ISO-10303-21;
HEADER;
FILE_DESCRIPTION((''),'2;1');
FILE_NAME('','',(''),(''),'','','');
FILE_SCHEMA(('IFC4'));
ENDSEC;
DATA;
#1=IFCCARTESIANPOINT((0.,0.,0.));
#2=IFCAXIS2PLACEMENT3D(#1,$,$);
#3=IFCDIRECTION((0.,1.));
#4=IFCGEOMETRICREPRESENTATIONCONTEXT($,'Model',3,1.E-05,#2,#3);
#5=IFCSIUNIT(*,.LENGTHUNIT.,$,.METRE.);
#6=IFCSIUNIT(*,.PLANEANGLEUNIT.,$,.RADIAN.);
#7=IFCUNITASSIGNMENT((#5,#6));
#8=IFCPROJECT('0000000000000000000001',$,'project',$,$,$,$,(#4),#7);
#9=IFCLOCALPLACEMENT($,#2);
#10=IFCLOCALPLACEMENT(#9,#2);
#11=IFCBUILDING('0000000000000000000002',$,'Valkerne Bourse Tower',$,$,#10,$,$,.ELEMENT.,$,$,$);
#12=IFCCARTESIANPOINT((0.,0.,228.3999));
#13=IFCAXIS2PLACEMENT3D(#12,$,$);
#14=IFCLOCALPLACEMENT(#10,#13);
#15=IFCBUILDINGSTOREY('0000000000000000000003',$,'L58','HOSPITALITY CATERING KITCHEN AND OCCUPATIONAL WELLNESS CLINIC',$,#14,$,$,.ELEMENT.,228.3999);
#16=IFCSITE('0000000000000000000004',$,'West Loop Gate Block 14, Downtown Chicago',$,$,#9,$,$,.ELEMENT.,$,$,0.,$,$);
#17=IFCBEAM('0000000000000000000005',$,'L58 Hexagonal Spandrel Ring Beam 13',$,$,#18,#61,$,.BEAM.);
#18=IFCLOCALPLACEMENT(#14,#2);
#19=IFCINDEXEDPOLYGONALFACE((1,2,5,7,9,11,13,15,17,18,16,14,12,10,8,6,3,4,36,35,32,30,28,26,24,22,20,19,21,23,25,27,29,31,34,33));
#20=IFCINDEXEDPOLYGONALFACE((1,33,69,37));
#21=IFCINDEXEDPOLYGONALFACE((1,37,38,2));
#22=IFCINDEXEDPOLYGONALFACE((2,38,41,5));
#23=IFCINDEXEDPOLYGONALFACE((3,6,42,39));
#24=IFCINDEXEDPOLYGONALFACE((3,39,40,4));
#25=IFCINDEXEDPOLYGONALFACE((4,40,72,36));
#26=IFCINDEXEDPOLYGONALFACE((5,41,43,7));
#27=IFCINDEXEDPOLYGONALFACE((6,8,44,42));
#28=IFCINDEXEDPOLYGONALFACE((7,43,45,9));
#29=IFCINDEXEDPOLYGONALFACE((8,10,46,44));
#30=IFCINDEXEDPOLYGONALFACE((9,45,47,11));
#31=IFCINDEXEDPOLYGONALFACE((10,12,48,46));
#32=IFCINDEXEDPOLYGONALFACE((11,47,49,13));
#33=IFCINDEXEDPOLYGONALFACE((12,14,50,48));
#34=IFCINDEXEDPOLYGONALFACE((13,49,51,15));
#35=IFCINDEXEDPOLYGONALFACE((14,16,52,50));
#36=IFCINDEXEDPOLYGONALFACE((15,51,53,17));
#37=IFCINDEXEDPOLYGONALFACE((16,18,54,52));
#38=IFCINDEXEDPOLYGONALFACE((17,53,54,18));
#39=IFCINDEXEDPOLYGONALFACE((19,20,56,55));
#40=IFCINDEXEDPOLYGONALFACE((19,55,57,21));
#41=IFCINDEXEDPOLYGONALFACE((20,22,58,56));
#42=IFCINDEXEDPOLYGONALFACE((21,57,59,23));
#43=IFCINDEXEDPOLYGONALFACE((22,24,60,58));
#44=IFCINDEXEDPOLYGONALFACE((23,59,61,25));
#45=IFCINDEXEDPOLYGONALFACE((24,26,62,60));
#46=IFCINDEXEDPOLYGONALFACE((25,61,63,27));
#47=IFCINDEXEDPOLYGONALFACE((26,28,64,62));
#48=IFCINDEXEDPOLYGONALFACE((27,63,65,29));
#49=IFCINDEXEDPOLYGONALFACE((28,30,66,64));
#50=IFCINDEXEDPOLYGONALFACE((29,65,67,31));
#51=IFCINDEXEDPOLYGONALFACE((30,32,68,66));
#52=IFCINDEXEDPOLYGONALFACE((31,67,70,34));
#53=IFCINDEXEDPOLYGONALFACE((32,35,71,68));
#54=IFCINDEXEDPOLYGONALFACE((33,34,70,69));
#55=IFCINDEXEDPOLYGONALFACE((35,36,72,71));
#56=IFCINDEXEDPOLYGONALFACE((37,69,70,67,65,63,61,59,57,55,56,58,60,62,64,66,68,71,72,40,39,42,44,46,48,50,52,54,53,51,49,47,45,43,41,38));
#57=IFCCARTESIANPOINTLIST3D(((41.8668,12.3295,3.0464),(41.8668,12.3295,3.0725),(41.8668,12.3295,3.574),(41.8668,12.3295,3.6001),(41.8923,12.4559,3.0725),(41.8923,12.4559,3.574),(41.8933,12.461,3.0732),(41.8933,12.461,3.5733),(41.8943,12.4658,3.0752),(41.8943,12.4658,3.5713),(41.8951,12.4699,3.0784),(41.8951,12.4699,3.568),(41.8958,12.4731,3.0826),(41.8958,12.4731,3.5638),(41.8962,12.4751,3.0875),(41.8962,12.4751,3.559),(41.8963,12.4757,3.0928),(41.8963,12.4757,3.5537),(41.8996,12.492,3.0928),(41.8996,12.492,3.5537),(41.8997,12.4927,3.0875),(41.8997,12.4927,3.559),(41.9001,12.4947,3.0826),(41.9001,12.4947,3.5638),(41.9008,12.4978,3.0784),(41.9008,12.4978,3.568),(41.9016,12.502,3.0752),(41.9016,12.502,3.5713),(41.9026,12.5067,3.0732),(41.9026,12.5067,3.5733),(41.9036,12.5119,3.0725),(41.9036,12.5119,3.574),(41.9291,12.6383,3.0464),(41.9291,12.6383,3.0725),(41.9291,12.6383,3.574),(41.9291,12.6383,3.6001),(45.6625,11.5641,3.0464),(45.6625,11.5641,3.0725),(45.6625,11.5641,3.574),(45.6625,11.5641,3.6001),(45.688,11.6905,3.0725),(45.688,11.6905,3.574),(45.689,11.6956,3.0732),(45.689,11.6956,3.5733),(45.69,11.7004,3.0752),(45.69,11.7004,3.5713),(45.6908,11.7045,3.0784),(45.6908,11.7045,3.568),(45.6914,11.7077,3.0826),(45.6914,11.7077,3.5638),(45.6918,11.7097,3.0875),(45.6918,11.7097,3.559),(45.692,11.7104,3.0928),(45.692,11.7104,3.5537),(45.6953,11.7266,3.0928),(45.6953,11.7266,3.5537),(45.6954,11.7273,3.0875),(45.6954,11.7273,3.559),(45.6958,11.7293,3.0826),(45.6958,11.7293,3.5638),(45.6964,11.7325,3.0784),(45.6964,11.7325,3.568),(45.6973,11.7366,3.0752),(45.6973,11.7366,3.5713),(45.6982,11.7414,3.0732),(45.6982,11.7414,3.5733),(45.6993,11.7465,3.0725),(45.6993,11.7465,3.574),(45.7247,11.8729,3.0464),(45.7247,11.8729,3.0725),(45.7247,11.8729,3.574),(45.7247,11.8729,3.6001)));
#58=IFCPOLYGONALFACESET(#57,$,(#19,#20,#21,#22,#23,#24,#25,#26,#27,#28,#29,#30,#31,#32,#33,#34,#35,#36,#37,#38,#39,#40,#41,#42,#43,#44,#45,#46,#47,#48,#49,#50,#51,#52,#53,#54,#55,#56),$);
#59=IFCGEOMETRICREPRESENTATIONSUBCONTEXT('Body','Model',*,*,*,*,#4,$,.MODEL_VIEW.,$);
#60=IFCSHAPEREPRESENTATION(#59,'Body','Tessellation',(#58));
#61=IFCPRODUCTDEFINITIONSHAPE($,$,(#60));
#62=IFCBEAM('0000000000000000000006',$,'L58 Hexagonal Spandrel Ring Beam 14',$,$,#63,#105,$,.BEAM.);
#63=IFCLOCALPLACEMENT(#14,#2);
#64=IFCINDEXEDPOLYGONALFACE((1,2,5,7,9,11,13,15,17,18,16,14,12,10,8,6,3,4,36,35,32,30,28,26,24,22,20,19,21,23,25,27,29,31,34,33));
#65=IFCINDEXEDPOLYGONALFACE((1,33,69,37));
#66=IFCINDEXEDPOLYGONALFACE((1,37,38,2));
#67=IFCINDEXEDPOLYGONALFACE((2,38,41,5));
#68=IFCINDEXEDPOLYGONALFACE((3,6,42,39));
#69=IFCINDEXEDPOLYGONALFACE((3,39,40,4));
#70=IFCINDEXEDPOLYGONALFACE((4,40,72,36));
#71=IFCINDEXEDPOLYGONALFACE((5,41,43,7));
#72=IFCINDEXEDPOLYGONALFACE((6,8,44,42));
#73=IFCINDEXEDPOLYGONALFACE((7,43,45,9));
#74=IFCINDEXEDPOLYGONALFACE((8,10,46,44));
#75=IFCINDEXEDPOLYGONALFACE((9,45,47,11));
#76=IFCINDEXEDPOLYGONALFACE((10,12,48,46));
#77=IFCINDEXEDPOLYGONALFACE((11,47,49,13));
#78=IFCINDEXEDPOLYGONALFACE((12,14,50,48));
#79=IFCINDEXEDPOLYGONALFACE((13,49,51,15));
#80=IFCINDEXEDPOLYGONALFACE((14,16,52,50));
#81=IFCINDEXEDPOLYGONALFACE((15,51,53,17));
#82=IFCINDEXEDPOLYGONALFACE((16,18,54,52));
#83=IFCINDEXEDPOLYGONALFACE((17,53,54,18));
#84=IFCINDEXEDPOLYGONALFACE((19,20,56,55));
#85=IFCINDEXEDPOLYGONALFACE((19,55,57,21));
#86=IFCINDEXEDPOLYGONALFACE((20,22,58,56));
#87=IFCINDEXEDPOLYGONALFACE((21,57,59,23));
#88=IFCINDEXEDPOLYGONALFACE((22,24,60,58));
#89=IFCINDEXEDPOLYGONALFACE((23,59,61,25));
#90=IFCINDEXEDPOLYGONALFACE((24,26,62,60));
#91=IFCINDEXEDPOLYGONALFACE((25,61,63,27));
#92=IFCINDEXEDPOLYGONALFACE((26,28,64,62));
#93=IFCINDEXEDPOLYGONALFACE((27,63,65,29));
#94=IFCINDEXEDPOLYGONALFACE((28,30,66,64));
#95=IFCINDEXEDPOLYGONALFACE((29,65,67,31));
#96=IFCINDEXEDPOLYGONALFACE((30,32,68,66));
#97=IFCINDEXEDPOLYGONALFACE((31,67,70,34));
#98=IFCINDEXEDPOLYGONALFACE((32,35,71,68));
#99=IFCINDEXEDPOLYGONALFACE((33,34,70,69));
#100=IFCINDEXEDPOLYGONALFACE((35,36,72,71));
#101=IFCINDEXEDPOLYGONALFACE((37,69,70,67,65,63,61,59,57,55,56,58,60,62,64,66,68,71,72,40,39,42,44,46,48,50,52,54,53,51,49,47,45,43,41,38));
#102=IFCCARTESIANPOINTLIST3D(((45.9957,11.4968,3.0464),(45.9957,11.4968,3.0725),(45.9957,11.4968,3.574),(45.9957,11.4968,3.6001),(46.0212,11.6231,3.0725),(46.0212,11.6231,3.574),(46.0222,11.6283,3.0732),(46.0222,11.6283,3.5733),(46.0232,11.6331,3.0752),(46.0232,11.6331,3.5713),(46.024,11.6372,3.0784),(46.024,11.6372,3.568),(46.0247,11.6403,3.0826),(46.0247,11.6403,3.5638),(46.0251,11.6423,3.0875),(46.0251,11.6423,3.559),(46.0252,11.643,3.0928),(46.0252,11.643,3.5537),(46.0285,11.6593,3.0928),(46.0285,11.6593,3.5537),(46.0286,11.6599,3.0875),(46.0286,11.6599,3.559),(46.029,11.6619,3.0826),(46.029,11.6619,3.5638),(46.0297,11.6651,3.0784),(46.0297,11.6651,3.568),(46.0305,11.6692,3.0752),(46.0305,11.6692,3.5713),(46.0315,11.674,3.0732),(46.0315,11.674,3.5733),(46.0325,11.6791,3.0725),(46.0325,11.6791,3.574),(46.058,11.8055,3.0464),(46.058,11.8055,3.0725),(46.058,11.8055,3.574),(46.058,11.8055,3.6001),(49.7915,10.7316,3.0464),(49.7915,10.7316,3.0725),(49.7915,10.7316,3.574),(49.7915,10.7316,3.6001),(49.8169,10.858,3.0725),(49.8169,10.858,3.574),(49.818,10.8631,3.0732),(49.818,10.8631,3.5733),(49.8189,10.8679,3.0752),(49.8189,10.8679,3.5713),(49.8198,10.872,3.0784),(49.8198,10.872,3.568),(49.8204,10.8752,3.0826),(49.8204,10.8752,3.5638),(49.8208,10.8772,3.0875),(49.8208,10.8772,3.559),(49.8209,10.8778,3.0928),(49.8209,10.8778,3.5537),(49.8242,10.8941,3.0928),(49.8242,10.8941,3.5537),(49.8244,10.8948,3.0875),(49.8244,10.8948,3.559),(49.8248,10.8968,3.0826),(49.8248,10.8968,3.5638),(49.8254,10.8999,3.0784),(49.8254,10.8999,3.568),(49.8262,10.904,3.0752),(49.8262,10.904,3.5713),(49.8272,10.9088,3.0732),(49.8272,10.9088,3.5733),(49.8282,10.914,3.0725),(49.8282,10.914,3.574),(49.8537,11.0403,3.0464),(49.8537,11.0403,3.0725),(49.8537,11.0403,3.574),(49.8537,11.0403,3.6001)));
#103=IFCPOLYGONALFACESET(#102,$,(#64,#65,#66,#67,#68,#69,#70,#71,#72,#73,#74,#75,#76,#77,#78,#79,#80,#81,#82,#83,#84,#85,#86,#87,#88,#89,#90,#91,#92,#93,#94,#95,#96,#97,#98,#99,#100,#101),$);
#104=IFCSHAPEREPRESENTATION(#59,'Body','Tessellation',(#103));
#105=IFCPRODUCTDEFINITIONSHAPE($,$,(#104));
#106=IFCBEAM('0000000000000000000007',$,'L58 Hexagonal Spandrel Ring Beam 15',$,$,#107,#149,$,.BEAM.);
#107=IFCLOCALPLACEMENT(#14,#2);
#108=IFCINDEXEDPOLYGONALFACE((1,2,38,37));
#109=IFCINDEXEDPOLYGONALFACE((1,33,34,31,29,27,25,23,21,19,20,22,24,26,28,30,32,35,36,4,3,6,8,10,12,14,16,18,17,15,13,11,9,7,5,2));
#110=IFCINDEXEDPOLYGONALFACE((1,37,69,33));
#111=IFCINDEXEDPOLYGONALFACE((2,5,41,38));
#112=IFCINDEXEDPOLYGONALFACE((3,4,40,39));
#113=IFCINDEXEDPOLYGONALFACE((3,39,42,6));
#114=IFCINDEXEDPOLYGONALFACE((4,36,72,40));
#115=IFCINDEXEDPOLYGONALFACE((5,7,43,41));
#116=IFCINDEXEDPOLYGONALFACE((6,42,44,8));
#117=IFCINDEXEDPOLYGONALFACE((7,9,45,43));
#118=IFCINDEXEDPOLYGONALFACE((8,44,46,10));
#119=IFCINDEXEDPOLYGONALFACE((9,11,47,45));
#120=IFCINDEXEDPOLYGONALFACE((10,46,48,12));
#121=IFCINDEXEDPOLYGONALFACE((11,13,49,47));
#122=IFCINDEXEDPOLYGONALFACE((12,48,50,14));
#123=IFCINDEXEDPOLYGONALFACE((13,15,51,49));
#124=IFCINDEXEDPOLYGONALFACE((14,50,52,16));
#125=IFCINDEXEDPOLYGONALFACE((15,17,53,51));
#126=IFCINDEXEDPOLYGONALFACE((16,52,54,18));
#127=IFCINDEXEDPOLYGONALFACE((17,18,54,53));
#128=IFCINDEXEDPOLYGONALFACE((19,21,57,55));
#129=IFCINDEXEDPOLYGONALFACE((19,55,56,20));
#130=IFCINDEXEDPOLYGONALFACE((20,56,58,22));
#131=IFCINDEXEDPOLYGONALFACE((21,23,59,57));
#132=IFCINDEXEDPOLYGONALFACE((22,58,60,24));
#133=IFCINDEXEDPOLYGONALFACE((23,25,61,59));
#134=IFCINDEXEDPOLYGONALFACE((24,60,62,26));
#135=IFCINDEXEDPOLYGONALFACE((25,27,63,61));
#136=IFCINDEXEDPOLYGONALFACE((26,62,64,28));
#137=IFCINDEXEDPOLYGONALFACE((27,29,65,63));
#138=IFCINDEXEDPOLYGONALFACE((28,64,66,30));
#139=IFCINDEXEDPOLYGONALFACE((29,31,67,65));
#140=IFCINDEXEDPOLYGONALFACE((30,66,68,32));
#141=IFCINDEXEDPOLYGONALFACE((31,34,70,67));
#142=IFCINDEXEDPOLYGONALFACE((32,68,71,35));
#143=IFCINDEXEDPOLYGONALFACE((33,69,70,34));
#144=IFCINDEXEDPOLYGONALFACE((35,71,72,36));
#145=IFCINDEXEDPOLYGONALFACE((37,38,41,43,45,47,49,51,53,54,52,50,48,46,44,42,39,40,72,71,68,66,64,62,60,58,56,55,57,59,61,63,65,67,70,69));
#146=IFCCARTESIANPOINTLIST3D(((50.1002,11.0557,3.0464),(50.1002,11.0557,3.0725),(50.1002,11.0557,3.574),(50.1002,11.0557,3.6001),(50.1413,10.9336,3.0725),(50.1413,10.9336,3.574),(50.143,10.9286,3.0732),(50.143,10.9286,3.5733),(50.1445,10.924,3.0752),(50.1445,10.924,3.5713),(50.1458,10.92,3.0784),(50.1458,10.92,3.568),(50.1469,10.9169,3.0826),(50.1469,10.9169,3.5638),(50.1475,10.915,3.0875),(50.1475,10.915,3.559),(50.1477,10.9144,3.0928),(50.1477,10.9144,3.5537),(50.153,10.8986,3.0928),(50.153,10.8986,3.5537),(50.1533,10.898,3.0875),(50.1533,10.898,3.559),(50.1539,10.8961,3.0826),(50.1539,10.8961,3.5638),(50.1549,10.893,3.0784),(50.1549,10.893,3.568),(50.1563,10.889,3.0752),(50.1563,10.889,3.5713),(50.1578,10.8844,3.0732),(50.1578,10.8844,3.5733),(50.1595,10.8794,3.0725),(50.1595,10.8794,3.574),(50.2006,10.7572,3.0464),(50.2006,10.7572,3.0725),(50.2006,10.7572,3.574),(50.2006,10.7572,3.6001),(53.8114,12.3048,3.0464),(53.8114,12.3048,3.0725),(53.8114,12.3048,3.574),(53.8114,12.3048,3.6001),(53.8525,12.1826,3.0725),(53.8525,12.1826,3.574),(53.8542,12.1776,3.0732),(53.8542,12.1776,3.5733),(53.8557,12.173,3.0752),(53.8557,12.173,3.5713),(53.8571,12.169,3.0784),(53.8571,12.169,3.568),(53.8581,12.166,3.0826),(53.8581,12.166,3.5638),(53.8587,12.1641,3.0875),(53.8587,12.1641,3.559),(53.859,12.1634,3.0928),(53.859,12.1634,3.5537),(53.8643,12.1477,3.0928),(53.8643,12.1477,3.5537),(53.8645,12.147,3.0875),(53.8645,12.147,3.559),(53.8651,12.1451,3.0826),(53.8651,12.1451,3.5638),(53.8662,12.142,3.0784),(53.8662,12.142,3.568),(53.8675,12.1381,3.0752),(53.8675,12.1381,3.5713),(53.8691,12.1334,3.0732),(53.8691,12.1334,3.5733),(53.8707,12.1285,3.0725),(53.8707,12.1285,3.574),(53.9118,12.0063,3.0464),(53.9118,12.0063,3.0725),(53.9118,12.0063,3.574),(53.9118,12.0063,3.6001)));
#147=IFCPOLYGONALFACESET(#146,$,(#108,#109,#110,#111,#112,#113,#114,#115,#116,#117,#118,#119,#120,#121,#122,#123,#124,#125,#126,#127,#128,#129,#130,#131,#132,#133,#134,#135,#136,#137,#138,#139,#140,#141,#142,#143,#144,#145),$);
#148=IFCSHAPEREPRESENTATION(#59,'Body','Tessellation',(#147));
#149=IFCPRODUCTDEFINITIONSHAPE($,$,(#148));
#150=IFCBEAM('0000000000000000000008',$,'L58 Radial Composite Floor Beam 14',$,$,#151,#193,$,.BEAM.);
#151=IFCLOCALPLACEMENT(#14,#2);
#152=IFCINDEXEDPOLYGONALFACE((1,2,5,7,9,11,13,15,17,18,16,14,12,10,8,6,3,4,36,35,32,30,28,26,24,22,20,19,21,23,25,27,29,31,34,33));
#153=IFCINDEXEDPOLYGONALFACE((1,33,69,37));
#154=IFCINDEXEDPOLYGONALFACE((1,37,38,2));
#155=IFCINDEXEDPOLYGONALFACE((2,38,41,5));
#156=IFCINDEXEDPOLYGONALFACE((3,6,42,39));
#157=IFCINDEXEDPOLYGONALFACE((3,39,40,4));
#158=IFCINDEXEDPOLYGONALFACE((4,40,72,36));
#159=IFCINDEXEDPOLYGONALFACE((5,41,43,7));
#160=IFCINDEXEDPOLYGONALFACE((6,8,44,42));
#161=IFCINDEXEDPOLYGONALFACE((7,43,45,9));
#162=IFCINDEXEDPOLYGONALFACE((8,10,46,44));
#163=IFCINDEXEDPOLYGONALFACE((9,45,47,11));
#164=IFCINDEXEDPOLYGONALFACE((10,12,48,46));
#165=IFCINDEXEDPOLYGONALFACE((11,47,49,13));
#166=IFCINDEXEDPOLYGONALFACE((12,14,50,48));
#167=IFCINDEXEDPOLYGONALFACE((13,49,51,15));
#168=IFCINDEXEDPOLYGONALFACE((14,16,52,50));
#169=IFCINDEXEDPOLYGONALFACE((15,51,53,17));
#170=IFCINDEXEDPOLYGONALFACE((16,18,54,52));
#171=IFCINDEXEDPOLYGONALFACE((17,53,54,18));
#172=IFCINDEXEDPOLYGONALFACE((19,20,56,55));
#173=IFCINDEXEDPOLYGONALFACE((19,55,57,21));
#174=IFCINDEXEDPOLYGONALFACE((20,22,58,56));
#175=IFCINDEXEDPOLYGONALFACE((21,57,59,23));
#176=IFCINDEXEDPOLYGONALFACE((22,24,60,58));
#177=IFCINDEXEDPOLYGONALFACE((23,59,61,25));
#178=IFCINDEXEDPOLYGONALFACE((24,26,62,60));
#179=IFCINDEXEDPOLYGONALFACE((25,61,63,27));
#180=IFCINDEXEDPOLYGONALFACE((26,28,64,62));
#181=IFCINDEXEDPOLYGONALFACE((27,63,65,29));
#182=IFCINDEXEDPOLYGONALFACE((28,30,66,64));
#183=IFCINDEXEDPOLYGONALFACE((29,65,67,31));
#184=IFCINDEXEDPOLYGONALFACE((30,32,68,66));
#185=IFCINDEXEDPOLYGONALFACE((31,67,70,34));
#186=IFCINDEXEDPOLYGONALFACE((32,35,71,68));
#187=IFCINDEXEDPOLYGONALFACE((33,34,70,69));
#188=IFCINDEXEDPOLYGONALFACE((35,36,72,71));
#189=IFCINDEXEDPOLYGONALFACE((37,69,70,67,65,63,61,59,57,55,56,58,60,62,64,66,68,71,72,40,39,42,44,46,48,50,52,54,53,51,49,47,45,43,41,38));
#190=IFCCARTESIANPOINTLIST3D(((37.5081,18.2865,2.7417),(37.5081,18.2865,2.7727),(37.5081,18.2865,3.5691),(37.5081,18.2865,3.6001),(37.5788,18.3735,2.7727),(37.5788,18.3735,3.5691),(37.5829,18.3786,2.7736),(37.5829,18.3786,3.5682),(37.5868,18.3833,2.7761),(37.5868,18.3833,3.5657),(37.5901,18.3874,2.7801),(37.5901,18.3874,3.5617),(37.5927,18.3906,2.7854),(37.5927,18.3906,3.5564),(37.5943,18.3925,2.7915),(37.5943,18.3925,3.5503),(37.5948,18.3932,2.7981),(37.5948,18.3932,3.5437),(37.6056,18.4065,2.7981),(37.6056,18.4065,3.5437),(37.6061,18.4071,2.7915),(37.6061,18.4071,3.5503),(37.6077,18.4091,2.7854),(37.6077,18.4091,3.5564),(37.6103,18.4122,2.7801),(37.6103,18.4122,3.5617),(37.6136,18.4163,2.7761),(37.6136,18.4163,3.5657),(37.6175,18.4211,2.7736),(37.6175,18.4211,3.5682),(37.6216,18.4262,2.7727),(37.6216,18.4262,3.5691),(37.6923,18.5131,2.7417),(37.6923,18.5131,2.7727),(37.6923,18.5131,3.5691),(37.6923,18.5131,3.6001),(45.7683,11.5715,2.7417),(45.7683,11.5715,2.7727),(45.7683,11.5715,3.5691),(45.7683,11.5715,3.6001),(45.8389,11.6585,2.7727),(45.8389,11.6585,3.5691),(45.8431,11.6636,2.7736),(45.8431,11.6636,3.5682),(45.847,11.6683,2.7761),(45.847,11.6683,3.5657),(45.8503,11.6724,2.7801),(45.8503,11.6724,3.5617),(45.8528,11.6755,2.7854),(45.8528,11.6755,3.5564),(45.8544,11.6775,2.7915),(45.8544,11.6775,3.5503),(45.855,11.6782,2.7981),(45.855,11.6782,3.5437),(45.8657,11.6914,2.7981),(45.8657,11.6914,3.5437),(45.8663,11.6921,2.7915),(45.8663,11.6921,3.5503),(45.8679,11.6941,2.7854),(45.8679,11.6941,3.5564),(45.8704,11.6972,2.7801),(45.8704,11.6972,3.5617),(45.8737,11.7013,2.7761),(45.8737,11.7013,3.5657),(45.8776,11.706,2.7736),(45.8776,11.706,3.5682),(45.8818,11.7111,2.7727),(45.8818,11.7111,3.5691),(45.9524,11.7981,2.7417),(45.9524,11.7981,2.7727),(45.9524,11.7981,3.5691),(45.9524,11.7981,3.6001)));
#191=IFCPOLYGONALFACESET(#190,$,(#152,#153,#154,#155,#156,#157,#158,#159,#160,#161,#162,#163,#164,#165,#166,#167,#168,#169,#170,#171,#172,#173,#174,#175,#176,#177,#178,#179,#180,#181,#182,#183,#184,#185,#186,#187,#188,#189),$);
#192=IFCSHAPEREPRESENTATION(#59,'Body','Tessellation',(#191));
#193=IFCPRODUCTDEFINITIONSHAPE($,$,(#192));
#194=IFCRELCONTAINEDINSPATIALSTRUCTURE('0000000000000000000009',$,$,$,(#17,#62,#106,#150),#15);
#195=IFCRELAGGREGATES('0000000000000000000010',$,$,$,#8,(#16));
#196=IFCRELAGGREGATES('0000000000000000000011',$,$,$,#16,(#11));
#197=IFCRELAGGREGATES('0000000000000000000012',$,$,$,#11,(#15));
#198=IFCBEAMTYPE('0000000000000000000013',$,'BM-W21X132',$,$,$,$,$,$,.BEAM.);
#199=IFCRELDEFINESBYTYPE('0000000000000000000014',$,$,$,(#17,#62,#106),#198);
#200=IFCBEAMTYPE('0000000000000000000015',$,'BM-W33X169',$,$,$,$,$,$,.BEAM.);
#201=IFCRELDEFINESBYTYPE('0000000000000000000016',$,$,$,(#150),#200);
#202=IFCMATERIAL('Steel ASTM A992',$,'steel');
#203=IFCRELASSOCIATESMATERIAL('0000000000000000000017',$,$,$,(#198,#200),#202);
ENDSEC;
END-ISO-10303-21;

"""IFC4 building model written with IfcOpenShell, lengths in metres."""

from ifc_helpers import new_model, si_unit, direction, frame, origin, origin_2d, place, context, subcontext, project, spatial, i_section, extrude, material, material_profile, profile_set, type_object, element, save


model = new_model("IFC4")

# Units and contexts
model_context = context("Model", 3, precision=1e-05, world=origin(), true_north=direction((0.0, 1.0)))
body_context = subcontext(model_context, "Body", "Model", "MODEL_VIEW")
ifc_project = project(units=[si_unit("LENGTHUNIT", "METRE"), si_unit("PLANEANGLEUNIT", "RADIAN")], contexts=[model_context])

# Site, building, storey
site_placement = place(None, origin())
site = spatial("IfcSite", under=ifc_project, at=site_placement, Name="West Loop Gate Block 14, Downtown Chicago", CompositionType="ELEMENT", RefElevation=0.0)
building_placement = place(site_placement, origin())
building = spatial("IfcBuilding", under=site, at=building_placement, Name="Valkerne Bourse Tower", CompositionType="ELEMENT")
storey_placement = place(building_placement, frame((0.0, 0.0, 228.3999)))
storey = spatial("IfcBuildingStorey", under=building, at=storey_placement, Name="L58", Description="HOSPITALITY CATERING KITCHEN AND OCCUPATIONAL WELLNESS CLINIC", CompositionType="ELEMENT", Elevation=228.3999)

# Beams
ifc_material_1 = material(Name="Steel ASTM A992", Category="steel")
ifc_material_profile_1 = material_profile(ifc_material_1, i_section(OverallWidth=0.3149, OverallDepth=0.5537, WebThickness=0.0166, FlangeThickness=0.0261, FilletRadius=0.0203, at=origin_2d()), Name="W21X132")
ifc_profile_set_1 = profile_set([ifc_material_profile_1], Name="Steel ASTM A992")
beam_type_1 = type_object("IfcBeamType", Name="BM-W21X132", PredefinedType="BEAM", material=ifc_profile_set_1)
for number, where, z_axis, x_axis, name in (
    (1, (41.8979, 12.4839, 3.3232), (0.980269, -0.197668, 0.0), (0.197668, 0.980269, 0.0), "L58 Hexagonal Spandrel Ring Beam 13"),
    (2, (46.0269, 11.6511, 3.3232), (0.980281, -0.197607, 0.0), (0.197607, 0.980281, 0.0), "L58 Hexagonal Spandrel Ring Beam 14"),
):
    element("IfcBeam", number, at=place(storey_placement, frame(where, z_axis=z_axis, x_axis=x_axis)), inside=storey, type_object=beam_type_1, Name=name, PredefinedType="BEAM", context=body_context, shape_type="SweptSolid", body=[
        extrude(i_section(OverallWidth=0.3149, OverallDepth=0.5537, WebThickness=0.0166, FlangeThickness=0.0261, FilletRadius=0.0203, at=origin_2d()), origin(), (0.0, 0.0, 1.0), 3.8721),
    ])
beam_1_placement = place(storey_placement, frame((50.1504, 10.9065, 3.3232), z_axis=(0.947763, 0.318976, 0.0), x_axis=(-0.318976, 0.947763, 0.0)))
element("IfcBeam", 3, at=beam_1_placement, inside=storey, type_object=beam_type_1, Name="L58 Hexagonal Spandrel Ring Beam 15", PredefinedType="BEAM", context=body_context, shape_type="SweptSolid", body=[
    extrude(i_section(OverallWidth=0.3149, OverallDepth=0.5537, WebThickness=0.0166, FlangeThickness=0.0261, FilletRadius=0.0203, at=origin_2d()), origin(), (0.0, 0.0, 1.0), 3.9158),
])
ifc_material_profile_2 = material_profile(ifc_material_1, i_section(OverallWidth=0.292, OverallDepth=0.8584, WebThickness=0.0171, FlangeThickness=0.031, FilletRadius=0.0254, at=origin_2d()), Name="W33X169")
ifc_profile_set_2 = profile_set([ifc_material_profile_2], Name="Steel ASTM A992")
beam_type_2 = type_object("IfcBeamType", Name="BM-W33X169", PredefinedType="BEAM", material=ifc_profile_set_2)
beam_2_placement = place(storey_placement, frame((45.8604, 11.6848, 3.1709), z_axis=(-0.775947, 0.630798, 0.0), x_axis=(-0.630798, -0.775947, 0.0)))
element("IfcBeam", 4, at=beam_2_placement, inside=storey, type_object=beam_type_2, Name="L58 Radial Composite Floor Beam 14", PredefinedType="BEAM", context=body_context, shape_type="SweptSolid", body=[
    extrude(i_section(OverallWidth=0.292, OverallDepth=0.8584, WebThickness=0.0171, FlangeThickness=0.031, FilletRadius=0.0254, at=origin_2d()), origin(), (0.0, 0.0, 1.0), 10.6453),
])

save(model, "model.ifc")
